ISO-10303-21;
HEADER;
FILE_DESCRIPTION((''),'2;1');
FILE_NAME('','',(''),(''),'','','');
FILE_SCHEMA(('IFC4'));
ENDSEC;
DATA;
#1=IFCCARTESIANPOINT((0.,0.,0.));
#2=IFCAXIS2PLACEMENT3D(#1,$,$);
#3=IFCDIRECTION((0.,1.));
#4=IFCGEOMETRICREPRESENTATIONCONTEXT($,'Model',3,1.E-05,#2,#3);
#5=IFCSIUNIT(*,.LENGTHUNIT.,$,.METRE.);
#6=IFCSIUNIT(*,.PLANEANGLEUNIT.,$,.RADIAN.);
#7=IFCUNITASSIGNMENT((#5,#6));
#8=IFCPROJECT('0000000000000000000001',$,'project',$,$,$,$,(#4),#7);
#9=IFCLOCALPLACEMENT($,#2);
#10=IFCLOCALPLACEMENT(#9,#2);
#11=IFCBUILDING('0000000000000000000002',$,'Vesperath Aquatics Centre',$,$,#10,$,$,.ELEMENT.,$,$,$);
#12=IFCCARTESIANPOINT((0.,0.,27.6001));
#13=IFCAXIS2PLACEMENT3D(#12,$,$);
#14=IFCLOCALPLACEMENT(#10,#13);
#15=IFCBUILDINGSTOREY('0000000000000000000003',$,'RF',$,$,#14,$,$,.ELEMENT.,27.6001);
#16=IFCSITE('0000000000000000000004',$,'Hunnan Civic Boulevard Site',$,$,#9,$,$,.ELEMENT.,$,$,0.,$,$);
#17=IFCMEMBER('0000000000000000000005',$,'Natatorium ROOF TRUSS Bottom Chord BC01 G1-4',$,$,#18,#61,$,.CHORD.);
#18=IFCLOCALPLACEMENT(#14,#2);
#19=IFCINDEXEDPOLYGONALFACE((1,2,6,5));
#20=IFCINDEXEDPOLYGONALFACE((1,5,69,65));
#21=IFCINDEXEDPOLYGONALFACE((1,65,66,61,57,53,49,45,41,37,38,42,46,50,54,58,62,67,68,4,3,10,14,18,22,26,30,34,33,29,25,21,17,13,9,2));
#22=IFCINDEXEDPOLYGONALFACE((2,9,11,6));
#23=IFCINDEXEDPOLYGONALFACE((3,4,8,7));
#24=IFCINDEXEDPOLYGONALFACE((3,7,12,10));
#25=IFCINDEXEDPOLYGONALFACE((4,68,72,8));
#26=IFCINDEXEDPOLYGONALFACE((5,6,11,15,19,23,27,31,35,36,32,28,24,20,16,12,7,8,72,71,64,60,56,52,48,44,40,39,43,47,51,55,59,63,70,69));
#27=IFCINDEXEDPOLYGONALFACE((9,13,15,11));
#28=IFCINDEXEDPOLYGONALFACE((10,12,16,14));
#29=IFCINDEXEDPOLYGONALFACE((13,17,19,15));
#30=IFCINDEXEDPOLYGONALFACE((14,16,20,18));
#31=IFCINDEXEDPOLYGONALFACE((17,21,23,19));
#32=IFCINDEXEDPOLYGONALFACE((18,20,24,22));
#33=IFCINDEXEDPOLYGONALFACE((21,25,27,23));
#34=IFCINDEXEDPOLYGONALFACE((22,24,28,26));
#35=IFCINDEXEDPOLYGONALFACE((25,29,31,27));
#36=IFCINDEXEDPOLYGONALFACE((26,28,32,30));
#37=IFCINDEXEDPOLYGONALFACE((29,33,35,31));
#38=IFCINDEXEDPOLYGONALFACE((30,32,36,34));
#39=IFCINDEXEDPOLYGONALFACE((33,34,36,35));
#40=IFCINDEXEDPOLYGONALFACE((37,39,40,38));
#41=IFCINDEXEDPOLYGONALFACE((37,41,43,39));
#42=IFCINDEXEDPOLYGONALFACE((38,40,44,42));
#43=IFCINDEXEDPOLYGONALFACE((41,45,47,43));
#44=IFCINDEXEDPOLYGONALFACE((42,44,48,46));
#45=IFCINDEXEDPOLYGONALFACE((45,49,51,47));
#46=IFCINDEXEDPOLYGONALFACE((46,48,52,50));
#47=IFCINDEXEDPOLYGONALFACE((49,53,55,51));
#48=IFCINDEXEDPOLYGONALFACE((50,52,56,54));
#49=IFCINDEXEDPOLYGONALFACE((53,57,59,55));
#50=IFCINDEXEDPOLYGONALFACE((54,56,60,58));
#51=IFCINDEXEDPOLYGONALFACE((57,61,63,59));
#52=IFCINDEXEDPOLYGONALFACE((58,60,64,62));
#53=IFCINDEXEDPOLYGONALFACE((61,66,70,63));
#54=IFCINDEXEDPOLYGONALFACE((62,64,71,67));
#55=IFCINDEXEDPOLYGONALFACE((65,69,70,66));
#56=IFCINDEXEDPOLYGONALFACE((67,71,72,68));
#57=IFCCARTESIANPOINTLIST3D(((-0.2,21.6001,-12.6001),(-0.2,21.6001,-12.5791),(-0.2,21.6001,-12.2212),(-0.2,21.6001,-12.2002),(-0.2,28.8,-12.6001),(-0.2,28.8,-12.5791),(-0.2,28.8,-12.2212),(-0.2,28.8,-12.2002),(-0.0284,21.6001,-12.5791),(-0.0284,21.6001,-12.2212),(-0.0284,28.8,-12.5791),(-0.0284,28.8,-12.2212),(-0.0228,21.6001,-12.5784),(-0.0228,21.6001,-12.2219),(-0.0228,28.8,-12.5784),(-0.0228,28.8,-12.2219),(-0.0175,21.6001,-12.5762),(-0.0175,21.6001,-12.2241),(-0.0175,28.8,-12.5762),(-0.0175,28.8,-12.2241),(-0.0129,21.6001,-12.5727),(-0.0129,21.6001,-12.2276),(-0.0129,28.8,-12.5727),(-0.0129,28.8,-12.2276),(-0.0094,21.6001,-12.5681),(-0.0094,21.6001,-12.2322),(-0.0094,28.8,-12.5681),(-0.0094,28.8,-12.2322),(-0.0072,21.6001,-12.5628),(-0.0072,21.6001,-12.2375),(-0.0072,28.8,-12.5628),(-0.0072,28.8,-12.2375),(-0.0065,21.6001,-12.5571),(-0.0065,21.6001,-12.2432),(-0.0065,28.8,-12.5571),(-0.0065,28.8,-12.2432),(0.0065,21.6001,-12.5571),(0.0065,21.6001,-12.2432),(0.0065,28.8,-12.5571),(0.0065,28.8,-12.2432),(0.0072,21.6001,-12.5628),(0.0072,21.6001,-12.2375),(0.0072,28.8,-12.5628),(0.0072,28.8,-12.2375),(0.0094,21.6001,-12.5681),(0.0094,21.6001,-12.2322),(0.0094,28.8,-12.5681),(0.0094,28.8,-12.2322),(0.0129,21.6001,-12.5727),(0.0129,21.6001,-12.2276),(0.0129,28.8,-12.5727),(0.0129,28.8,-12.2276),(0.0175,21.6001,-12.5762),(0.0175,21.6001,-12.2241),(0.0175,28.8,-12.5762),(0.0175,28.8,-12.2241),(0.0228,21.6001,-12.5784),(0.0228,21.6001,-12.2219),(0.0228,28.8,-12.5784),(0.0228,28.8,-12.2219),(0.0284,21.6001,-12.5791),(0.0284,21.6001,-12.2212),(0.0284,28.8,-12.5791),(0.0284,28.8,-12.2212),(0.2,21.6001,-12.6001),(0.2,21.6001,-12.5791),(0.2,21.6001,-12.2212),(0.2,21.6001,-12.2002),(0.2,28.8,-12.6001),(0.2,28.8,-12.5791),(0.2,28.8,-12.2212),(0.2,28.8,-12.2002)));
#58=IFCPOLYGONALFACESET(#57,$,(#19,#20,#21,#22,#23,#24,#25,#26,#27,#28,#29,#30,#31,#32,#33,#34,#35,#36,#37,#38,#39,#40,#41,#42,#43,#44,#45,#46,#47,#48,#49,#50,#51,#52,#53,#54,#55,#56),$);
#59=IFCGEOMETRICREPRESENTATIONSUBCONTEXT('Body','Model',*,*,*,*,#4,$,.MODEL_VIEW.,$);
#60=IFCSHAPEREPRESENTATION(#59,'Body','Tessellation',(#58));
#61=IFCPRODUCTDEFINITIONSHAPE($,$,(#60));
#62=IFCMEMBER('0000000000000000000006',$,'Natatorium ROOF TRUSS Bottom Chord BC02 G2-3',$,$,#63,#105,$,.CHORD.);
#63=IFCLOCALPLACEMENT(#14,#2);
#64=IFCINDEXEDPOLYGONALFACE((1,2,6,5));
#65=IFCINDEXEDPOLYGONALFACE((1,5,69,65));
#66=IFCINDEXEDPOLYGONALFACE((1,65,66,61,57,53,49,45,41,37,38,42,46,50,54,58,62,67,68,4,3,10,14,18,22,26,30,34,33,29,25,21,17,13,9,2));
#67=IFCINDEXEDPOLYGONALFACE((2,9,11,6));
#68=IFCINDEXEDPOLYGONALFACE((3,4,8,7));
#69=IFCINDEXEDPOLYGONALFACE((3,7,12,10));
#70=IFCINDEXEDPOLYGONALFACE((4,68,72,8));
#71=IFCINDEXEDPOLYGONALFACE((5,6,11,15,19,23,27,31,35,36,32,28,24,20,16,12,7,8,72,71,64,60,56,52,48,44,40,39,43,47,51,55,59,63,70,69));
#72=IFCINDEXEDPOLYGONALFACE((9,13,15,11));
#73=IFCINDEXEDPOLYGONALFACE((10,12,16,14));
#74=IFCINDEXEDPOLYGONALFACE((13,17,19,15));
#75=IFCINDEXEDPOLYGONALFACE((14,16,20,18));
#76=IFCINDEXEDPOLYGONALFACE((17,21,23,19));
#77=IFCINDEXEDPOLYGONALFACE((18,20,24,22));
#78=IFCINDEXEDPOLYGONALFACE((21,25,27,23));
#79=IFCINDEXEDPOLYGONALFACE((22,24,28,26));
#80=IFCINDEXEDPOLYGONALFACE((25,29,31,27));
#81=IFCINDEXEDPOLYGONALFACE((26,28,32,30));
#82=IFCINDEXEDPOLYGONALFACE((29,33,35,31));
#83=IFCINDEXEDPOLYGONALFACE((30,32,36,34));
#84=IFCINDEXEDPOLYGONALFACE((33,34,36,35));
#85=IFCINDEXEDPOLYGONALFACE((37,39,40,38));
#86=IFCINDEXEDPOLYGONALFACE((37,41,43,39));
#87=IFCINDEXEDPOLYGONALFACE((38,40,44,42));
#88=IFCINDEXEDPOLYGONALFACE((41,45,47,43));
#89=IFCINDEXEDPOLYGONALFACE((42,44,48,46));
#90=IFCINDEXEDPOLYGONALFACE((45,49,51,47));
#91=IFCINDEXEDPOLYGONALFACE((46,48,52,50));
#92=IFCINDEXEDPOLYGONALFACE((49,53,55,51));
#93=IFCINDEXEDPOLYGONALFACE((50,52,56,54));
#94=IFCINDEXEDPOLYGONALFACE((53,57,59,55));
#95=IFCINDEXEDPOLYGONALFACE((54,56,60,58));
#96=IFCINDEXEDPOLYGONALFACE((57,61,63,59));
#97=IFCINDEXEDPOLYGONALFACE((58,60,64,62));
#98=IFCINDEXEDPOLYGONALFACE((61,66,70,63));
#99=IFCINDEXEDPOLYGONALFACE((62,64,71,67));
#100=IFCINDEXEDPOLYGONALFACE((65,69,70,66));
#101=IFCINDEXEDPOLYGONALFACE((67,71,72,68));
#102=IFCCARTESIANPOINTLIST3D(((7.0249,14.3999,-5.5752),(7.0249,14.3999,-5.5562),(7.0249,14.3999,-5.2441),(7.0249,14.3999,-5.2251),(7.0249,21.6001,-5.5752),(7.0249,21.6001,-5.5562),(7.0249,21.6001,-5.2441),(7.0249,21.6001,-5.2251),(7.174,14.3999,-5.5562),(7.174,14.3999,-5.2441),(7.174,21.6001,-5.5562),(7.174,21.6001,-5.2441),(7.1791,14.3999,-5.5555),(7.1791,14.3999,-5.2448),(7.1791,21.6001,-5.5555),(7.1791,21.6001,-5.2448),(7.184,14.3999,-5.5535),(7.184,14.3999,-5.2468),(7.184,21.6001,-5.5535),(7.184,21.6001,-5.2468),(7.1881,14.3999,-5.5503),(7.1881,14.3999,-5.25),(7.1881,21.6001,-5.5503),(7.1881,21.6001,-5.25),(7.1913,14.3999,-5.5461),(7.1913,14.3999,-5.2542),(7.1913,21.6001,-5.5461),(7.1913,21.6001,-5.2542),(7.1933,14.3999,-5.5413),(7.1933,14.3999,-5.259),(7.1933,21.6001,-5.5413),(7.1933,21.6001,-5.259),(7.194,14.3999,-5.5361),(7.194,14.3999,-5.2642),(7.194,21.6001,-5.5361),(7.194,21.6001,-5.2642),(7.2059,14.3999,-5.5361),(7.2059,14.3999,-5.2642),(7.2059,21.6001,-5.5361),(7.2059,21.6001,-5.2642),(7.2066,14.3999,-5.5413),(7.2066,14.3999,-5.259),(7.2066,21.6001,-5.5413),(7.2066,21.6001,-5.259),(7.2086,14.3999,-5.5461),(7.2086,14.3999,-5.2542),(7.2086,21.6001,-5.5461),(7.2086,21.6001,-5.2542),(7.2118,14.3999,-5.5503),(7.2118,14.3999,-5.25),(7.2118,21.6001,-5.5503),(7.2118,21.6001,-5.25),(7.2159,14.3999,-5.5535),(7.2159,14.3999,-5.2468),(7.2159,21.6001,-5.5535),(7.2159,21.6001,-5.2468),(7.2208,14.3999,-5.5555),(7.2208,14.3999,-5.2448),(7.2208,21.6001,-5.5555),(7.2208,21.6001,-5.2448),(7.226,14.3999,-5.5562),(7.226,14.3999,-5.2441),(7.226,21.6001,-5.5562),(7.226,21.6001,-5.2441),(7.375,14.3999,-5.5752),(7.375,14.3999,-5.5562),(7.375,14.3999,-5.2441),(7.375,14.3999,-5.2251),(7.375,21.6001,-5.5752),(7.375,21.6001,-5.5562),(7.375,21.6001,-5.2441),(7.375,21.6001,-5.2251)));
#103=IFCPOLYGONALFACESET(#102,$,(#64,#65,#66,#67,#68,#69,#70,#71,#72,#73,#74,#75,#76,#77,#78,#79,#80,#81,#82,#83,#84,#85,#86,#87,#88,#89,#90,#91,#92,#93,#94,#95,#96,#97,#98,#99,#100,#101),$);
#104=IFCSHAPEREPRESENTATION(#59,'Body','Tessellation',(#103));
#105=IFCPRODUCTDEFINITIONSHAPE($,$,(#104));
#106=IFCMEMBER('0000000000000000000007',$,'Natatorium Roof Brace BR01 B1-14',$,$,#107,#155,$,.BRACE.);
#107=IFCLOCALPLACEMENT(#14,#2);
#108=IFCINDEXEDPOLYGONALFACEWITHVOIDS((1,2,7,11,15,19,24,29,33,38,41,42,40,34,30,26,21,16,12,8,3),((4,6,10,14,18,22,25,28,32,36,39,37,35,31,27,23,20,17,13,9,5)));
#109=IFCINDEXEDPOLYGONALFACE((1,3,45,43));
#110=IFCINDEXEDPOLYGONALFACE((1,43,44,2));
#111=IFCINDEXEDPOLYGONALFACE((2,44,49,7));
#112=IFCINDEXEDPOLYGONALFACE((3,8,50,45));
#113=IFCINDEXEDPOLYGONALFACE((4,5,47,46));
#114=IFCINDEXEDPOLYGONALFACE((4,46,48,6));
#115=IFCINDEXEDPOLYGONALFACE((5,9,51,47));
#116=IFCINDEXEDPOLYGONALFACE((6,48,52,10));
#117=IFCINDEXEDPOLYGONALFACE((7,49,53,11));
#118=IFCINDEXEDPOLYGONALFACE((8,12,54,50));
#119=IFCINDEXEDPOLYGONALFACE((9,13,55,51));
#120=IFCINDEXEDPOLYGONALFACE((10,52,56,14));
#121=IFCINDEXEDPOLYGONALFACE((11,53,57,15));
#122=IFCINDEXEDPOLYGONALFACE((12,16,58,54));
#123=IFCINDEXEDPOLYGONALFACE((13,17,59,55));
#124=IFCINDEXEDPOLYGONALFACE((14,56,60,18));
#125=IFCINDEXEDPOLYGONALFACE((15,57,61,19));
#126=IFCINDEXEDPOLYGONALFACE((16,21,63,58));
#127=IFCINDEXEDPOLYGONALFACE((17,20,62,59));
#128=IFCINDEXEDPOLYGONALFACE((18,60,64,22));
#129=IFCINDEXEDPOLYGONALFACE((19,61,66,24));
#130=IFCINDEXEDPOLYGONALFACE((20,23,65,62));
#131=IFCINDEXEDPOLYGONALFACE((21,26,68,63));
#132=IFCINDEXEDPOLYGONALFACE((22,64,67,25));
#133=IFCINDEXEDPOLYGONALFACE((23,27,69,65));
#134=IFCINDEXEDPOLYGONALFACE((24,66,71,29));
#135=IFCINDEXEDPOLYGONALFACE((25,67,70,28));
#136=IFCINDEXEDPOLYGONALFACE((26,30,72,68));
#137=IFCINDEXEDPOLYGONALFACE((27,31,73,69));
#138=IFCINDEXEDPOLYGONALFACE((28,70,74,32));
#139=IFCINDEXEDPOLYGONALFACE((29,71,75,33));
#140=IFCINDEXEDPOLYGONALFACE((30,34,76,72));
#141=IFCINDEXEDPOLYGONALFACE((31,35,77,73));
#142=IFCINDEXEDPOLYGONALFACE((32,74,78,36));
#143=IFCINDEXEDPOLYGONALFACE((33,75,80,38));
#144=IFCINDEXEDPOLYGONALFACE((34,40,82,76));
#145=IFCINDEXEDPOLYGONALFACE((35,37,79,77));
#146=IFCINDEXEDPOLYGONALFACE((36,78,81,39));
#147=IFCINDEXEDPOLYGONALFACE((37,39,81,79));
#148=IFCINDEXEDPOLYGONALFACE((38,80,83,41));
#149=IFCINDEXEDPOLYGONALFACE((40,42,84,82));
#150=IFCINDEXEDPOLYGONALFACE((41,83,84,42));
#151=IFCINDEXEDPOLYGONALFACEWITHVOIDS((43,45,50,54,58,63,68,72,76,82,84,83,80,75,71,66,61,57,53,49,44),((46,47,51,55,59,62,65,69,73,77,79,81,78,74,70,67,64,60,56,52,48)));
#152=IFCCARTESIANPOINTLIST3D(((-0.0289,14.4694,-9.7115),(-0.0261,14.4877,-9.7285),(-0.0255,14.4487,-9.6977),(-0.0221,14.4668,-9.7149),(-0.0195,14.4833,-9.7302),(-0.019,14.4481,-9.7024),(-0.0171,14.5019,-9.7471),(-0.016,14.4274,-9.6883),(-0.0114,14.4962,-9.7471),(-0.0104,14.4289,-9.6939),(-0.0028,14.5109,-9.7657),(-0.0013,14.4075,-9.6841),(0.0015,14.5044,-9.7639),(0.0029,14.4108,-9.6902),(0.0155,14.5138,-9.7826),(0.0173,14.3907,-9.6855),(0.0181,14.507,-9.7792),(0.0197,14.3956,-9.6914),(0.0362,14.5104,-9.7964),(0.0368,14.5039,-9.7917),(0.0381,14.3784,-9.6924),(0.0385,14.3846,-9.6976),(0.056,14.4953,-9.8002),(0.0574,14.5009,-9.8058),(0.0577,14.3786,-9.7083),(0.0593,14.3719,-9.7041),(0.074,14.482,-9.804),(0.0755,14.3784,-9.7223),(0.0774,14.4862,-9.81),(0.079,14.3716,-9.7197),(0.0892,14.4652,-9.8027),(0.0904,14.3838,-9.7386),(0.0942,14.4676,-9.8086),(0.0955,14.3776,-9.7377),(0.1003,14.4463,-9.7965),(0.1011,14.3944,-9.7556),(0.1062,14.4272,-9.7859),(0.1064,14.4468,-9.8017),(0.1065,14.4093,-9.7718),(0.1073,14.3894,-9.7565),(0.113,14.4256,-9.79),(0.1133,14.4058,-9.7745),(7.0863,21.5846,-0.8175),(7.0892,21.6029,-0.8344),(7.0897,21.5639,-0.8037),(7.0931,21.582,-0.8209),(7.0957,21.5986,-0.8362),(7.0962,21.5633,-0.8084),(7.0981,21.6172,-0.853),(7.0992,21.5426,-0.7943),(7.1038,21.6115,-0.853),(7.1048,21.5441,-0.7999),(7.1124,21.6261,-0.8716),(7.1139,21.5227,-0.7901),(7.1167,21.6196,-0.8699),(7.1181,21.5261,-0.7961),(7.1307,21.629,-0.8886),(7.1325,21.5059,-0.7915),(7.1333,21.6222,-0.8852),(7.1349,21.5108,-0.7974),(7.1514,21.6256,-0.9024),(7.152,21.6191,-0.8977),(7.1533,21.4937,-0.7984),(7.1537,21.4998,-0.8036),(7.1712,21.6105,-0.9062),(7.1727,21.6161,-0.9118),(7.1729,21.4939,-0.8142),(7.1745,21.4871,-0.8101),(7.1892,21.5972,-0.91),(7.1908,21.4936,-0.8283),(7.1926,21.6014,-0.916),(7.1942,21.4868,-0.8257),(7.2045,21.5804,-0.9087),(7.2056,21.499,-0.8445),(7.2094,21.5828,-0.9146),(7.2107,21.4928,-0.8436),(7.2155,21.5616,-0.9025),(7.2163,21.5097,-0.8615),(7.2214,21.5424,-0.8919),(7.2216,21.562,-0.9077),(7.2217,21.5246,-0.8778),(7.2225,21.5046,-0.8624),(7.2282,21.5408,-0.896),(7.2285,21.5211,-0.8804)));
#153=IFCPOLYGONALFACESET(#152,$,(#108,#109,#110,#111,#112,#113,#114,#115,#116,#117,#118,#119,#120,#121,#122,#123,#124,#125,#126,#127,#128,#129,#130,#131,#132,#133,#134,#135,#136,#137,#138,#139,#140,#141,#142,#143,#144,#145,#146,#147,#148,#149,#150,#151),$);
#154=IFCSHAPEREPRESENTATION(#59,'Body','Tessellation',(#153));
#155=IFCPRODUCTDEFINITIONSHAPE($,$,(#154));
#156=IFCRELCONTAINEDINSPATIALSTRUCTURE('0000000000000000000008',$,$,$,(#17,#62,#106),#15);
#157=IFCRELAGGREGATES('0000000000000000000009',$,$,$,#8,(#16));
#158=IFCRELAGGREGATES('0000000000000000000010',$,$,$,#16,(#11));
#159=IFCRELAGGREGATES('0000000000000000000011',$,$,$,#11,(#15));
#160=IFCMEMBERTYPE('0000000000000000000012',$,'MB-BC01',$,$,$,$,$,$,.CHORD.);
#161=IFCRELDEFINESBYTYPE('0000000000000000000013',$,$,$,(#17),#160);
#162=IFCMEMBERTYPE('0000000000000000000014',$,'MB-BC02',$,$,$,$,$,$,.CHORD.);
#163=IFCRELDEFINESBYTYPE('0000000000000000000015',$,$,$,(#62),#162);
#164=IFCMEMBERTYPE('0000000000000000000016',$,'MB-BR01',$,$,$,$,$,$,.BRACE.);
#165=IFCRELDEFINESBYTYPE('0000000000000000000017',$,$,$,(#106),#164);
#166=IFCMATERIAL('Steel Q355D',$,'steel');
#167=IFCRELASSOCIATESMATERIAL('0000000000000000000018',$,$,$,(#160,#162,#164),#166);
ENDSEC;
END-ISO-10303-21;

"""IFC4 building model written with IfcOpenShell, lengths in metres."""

from ifc_helpers import new_model, si_unit, direction, frame, origin, origin_2d, place, context, subcontext, project, spatial, hollow_circle, i_section, extrude, material, material_profile, profile_set, type_object, element, save


model = new_model("IFC4")

# Units and contexts
model_context = context("Model", 3, precision=1e-05, world=origin(), true_north=direction((0.0, 1.0)))
body_context = subcontext(model_context, "Body", "Model", "MODEL_VIEW")
ifc_project = project(units=[si_unit("LENGTHUNIT", "METRE"), si_unit("PLANEANGLEUNIT", "RADIAN")], contexts=[model_context])

# Site, building, storey
site_placement = place(None, origin())
site = spatial("IfcSite", under=ifc_project, at=site_placement, Name="Hunnan Civic Boulevard Site", CompositionType="ELEMENT", RefElevation=0.0)
building_placement = place(site_placement, origin())
building = spatial("IfcBuilding", under=site, at=building_placement, Name="Vesperath Aquatics Centre", CompositionType="ELEMENT")
storey_placement = place(building_placement, frame((0.0, 0.0, 27.6001)))
storey = spatial("IfcBuildingStorey", under=building, at=storey_placement, Name="RF", CompositionType="ELEMENT", Elevation=27.6001)

# Members
ifc_material_1 = material(Name="Steel Q355D", Category="steel")
ifc_material_profile_1 = material_profile(ifc_material_1, i_section(OverallWidth=0.3999, OverallDepth=0.3999, WebThickness=0.0129, FlangeThickness=0.021, FilletRadius=0.022, at=origin_2d()), Name="HW 400x400x13x21")
ifc_profile_set_1 = profile_set([ifc_material_profile_1], Name="Steel Q355D")
member_type_1 = type_object("IfcMemberType", Name="MB-BC01", PredefinedType="CHORD", material=ifc_profile_set_1)
member_1_placement = place(storey_placement, frame((0.0, 21.6001, -12.4001), z_axis=(0.0, 1.0, 0.0), x_axis=(-1.0, 0.0, 0.0)))
element("IfcMember", 1, at=member_1_placement, inside=storey, type_object=member_type_1, Name="Natatorium ROOF TRUSS Bottom Chord BC01 G1-4", PredefinedType="CHORD", context=body_context, shape_type="SweptSolid", body=[
    extrude(i_section(OverallWidth=0.3999, OverallDepth=0.3999, WebThickness=0.0129, FlangeThickness=0.021, FilletRadius=0.022, at=origin_2d()), origin(), (0.0, 0.0, 1.0), 7.2),
])
ifc_material_profile_2 = material_profile(ifc_material_1, i_section(OverallWidth=0.3501, OverallDepth=0.3501, WebThickness=0.012, FlangeThickness=0.019, FilletRadius=0.02, at=origin_2d()), Name="HW 350x350x12x19")
ifc_profile_set_2 = profile_set([ifc_material_profile_2], Name="Steel Q355D")
member_type_2 = type_object("IfcMemberType", Name="MB-BC02", PredefinedType="CHORD", material=ifc_profile_set_2)
member_2_placement = place(storey_placement, frame((7.2, 14.3999, -5.4001), z_axis=(0.0, 1.0, 0.0), x_axis=(-1.0, 0.0, 0.0)))
element("IfcMember", 2, at=member_2_placement, inside=storey, type_object=member_type_2, Name="Natatorium ROOF TRUSS Bottom Chord BC02 G2-3", PredefinedType="CHORD", context=body_context, shape_type="SweptSolid", body=[
    extrude(i_section(OverallWidth=0.3501, OverallDepth=0.3501, WebThickness=0.012, FlangeThickness=0.019, FilletRadius=0.02, at=origin_2d()), origin(), (0.0, 0.0, 1.0), 7.2002),
])
ifc_material_profile_3 = material_profile(ifc_material_1, hollow_circle(Radius=0.0842, WallThickness=0.0081, at=origin_2d()), Name="CHS 168.3x8")
ifc_profile_set_3 = profile_set([ifc_material_profile_3], Name="Steel Q355D")
member_type_3 = type_object("IfcMemberType", Name="MB-BR01", PredefinedType="BRACE", material=ifc_profile_set_3)
for number, where, z_axis, x_axis, name in (
    (3, (0.0425, 14.4424, -9.7471), (0.529813, 0.529813, 0.662266), (-0.707107, 0.707107, 0.0), "Natatorium Roof Brace BR01 B1-14"),
):
    element("IfcMember", number, at=place(storey_placement, frame(where, z_axis=z_axis, x_axis=x_axis)), inside=storey, type_object=member_type_3, Name=name, PredefinedType="BRACE", context=body_context, shape_type="SweptSolid", body=[
        extrude(hollow_circle(Radius=0.0842, WallThickness=0.0081, at=origin_2d()), origin(), (0.0, 0.0, 1.0), 13.4297),
    ])

save(model, "model.ifc")
